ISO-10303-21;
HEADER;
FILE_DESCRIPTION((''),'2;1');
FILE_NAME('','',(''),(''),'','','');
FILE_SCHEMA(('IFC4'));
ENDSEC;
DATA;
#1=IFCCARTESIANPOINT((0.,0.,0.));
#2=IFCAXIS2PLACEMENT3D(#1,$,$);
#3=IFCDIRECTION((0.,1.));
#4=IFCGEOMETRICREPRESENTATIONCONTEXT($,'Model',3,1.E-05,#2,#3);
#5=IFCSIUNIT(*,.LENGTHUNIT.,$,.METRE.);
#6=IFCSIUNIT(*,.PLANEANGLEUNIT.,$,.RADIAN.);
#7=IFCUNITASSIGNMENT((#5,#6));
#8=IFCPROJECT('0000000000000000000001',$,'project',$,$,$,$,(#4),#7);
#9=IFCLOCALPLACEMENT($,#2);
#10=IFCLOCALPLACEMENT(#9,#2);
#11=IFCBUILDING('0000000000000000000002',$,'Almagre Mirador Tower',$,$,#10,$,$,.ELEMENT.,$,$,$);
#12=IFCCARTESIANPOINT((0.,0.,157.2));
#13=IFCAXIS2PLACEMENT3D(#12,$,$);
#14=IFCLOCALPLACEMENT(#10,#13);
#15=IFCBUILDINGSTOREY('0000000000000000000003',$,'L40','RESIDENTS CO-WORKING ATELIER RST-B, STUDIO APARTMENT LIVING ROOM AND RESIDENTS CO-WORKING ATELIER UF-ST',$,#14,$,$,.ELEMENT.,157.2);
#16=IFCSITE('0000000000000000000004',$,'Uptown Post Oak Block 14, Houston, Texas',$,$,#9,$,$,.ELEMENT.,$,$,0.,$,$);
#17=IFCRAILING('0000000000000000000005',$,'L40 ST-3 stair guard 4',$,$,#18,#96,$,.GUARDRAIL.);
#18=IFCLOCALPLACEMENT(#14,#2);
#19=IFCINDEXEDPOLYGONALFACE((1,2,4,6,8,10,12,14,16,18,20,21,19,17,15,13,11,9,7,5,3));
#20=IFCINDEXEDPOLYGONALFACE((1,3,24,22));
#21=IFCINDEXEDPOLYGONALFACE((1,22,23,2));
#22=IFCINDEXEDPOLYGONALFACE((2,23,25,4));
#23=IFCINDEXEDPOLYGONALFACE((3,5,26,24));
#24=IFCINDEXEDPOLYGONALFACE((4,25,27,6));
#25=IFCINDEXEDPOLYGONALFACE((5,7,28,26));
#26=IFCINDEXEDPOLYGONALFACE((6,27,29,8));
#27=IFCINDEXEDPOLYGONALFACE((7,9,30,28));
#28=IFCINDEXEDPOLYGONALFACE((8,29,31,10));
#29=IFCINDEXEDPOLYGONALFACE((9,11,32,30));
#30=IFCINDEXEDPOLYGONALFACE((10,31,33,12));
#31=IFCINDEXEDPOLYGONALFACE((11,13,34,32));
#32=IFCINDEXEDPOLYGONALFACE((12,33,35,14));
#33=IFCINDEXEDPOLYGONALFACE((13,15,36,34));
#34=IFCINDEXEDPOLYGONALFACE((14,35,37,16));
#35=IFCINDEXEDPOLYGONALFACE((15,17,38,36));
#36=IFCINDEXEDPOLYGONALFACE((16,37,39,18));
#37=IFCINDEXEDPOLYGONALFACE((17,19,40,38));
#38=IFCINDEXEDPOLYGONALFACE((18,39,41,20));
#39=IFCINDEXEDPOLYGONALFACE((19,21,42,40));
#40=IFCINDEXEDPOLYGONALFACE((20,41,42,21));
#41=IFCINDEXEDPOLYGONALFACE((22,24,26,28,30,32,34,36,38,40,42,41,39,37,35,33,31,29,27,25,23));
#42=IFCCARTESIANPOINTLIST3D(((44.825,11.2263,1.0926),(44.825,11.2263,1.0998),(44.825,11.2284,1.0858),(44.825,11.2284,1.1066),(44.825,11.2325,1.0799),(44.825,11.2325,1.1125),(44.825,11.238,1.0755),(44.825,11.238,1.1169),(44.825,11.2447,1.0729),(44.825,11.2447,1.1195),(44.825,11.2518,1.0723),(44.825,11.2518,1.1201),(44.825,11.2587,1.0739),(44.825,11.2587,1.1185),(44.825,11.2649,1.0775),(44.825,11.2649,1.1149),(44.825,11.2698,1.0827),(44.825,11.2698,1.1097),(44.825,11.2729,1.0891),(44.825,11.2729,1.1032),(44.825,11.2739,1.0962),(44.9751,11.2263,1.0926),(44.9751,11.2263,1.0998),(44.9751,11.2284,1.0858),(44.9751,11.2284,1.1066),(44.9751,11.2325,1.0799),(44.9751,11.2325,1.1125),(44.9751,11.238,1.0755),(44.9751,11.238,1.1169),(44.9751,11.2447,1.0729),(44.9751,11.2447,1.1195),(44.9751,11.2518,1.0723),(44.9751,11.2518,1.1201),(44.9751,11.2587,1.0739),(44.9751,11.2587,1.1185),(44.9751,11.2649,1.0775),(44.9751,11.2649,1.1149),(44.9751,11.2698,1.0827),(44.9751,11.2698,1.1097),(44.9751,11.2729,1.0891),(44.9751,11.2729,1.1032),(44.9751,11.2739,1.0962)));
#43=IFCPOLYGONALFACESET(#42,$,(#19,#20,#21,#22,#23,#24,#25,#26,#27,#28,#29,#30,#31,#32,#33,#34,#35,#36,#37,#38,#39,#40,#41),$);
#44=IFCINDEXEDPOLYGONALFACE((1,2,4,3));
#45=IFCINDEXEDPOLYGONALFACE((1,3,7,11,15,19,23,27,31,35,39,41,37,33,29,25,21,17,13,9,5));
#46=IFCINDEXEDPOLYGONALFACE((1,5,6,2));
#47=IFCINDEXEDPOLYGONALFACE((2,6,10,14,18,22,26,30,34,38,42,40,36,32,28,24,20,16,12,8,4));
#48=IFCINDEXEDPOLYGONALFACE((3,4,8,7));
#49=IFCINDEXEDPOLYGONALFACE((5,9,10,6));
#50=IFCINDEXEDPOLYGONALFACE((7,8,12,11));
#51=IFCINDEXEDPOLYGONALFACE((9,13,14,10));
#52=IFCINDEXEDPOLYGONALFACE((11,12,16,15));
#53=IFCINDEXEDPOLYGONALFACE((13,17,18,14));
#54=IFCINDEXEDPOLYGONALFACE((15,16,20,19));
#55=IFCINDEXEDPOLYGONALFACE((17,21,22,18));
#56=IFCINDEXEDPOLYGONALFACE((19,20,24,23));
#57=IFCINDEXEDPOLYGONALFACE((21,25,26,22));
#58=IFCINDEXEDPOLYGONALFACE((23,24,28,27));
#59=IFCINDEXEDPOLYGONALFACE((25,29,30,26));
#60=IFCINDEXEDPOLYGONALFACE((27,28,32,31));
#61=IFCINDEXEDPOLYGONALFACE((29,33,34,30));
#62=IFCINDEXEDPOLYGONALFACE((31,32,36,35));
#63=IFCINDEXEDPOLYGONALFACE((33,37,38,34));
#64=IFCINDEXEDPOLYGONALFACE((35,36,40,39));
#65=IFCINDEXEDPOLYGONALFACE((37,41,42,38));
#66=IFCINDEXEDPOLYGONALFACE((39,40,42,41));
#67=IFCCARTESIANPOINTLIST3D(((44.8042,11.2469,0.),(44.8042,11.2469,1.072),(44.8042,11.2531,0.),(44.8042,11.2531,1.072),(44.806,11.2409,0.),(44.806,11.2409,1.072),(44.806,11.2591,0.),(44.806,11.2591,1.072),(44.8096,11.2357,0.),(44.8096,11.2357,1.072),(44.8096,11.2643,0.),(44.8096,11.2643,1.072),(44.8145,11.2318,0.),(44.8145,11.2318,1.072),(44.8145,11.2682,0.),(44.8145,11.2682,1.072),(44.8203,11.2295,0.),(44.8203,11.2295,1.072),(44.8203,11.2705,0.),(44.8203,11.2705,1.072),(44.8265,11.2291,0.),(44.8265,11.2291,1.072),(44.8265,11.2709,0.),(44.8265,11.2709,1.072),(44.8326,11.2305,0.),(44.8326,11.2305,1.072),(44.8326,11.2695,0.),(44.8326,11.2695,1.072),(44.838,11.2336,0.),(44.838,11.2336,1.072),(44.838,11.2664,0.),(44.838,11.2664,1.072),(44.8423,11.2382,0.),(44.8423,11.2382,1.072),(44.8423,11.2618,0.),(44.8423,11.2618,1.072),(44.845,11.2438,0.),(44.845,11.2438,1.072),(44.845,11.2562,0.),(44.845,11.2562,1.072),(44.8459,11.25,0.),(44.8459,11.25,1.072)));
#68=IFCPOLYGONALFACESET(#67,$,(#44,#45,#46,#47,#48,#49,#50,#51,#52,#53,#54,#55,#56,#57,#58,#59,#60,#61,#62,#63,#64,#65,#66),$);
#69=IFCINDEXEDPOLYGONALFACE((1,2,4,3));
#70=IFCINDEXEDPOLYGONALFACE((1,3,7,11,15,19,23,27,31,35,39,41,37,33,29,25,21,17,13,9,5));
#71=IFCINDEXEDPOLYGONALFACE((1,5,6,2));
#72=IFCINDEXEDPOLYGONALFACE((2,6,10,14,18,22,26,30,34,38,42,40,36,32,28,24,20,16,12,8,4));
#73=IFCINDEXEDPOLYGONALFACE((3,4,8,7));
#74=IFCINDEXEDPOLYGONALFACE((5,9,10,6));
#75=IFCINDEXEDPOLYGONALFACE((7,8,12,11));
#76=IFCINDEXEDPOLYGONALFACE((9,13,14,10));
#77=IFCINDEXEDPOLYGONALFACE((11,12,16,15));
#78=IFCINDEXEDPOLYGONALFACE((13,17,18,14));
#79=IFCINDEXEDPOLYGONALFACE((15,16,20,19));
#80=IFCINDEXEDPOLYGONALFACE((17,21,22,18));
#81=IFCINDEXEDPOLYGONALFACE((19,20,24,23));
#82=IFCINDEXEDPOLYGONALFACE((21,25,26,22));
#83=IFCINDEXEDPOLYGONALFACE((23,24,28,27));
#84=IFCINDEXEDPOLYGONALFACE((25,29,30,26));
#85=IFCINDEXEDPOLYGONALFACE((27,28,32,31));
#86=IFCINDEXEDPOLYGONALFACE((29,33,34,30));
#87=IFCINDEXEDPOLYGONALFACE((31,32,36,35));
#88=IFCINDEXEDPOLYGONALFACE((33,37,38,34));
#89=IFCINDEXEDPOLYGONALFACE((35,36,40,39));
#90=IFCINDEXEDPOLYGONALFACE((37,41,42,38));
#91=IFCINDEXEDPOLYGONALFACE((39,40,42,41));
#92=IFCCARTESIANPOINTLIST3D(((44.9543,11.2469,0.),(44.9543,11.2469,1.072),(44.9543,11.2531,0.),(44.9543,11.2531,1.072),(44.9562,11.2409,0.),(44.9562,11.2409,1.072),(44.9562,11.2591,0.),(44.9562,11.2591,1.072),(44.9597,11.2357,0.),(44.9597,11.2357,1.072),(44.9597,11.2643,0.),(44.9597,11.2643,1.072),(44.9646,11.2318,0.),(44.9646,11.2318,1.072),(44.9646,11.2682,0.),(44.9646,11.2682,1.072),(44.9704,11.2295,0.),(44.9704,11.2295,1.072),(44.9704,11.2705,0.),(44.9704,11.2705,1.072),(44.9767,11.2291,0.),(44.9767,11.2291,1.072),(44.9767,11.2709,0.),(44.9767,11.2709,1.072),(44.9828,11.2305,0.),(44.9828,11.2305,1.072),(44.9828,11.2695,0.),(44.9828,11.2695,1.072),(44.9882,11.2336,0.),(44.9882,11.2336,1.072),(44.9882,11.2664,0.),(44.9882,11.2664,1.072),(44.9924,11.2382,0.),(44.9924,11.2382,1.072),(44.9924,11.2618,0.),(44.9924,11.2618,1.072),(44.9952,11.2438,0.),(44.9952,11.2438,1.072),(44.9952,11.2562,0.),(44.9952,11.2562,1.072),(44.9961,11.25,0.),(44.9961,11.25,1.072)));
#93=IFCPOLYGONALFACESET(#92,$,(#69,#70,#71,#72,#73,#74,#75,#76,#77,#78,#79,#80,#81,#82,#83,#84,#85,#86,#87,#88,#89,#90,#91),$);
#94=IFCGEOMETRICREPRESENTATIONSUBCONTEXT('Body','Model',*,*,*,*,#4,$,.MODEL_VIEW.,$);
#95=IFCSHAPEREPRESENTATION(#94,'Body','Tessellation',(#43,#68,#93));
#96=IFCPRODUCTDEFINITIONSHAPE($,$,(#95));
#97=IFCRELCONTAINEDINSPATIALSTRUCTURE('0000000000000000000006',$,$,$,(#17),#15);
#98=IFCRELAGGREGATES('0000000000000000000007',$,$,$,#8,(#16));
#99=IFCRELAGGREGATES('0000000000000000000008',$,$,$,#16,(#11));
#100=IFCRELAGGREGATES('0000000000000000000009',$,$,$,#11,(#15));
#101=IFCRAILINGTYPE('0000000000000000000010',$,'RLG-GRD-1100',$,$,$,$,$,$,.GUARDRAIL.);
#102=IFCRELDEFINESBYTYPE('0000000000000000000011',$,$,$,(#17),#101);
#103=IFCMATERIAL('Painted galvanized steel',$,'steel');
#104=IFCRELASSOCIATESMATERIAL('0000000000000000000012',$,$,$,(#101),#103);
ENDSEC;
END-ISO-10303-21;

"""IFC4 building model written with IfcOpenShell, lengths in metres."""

from ifc_helpers import new_model, si_unit, direction, frame, origin, origin_2d, place, context, subcontext, project, spatial, circle, extrude, material, type_object, element, save


model = new_model("IFC4")

# Units and contexts
model_context = context("Model", 3, precision=1e-05, world=origin(), true_north=direction((0.0, 1.0)))
body_context = subcontext(model_context, "Body", "Model", "MODEL_VIEW")
ifc_project = project(units=[si_unit("LENGTHUNIT", "METRE"), si_unit("PLANEANGLEUNIT", "RADIAN")], contexts=[model_context])

# Site, building, storey
site_placement = place(None, origin())
site = spatial("IfcSite", under=ifc_project, at=site_placement, Name="Uptown Post Oak Block 14, Houston, Texas", CompositionType="ELEMENT", RefElevation=0.0)
building_placement = place(site_placement, origin())
building = spatial("IfcBuilding", under=site, at=building_placement, Name="Almagre Mirador Tower", CompositionType="ELEMENT")
storey_placement = place(building_placement, frame((0.0, 0.0, 157.2)))
storey = spatial("IfcBuildingStorey", under=building, at=storey_placement, Name="L40", Description="RESIDENTS CO-WORKING ATELIER RST-B, STUDIO APARTMENT LIVING ROOM AND RESIDENTS CO-WORKING ATELIER UF-ST", CompositionType="ELEMENT", Elevation=157.2)

# Railing
ifc_material_1 = material(Name="Painted galvanized steel", Category="steel")
railing_type_1 = type_object("IfcRailingType", Name="RLG-GRD-1100", PredefinedType="GUARDRAIL", material=ifc_material_1)
railing_1_placement = place(storey_placement, frame((44.825, 11.25, 0.0)))
element("IfcRailing", 1, at=railing_1_placement, inside=storey, type_object=railing_type_1, Name="L40 ST-3 stair guard 4", PredefinedType="GUARDRAIL", context=body_context, shape_type="SweptSolid", body=[
    extrude(circle(Radius=0.0239, at=origin_2d()), frame((0.0, 0.0, 1.0962), z_axis=(1.0, 0.0, 0.0), x_axis=(0.0, 1.0, 0.0)), (0.0, 0.0, 1.0), 0.1501),
    extrude(circle(Radius=0.021, at=origin_2d()), origin(), (0.0, 0.0, 1.0), 1.072),
    extrude(circle(Radius=0.021, at=origin_2d()), frame((0.1501, 0.0, 0.0)), (0.0, 0.0, 1.0), 1.072),
])

save(model, "model.ifc")
